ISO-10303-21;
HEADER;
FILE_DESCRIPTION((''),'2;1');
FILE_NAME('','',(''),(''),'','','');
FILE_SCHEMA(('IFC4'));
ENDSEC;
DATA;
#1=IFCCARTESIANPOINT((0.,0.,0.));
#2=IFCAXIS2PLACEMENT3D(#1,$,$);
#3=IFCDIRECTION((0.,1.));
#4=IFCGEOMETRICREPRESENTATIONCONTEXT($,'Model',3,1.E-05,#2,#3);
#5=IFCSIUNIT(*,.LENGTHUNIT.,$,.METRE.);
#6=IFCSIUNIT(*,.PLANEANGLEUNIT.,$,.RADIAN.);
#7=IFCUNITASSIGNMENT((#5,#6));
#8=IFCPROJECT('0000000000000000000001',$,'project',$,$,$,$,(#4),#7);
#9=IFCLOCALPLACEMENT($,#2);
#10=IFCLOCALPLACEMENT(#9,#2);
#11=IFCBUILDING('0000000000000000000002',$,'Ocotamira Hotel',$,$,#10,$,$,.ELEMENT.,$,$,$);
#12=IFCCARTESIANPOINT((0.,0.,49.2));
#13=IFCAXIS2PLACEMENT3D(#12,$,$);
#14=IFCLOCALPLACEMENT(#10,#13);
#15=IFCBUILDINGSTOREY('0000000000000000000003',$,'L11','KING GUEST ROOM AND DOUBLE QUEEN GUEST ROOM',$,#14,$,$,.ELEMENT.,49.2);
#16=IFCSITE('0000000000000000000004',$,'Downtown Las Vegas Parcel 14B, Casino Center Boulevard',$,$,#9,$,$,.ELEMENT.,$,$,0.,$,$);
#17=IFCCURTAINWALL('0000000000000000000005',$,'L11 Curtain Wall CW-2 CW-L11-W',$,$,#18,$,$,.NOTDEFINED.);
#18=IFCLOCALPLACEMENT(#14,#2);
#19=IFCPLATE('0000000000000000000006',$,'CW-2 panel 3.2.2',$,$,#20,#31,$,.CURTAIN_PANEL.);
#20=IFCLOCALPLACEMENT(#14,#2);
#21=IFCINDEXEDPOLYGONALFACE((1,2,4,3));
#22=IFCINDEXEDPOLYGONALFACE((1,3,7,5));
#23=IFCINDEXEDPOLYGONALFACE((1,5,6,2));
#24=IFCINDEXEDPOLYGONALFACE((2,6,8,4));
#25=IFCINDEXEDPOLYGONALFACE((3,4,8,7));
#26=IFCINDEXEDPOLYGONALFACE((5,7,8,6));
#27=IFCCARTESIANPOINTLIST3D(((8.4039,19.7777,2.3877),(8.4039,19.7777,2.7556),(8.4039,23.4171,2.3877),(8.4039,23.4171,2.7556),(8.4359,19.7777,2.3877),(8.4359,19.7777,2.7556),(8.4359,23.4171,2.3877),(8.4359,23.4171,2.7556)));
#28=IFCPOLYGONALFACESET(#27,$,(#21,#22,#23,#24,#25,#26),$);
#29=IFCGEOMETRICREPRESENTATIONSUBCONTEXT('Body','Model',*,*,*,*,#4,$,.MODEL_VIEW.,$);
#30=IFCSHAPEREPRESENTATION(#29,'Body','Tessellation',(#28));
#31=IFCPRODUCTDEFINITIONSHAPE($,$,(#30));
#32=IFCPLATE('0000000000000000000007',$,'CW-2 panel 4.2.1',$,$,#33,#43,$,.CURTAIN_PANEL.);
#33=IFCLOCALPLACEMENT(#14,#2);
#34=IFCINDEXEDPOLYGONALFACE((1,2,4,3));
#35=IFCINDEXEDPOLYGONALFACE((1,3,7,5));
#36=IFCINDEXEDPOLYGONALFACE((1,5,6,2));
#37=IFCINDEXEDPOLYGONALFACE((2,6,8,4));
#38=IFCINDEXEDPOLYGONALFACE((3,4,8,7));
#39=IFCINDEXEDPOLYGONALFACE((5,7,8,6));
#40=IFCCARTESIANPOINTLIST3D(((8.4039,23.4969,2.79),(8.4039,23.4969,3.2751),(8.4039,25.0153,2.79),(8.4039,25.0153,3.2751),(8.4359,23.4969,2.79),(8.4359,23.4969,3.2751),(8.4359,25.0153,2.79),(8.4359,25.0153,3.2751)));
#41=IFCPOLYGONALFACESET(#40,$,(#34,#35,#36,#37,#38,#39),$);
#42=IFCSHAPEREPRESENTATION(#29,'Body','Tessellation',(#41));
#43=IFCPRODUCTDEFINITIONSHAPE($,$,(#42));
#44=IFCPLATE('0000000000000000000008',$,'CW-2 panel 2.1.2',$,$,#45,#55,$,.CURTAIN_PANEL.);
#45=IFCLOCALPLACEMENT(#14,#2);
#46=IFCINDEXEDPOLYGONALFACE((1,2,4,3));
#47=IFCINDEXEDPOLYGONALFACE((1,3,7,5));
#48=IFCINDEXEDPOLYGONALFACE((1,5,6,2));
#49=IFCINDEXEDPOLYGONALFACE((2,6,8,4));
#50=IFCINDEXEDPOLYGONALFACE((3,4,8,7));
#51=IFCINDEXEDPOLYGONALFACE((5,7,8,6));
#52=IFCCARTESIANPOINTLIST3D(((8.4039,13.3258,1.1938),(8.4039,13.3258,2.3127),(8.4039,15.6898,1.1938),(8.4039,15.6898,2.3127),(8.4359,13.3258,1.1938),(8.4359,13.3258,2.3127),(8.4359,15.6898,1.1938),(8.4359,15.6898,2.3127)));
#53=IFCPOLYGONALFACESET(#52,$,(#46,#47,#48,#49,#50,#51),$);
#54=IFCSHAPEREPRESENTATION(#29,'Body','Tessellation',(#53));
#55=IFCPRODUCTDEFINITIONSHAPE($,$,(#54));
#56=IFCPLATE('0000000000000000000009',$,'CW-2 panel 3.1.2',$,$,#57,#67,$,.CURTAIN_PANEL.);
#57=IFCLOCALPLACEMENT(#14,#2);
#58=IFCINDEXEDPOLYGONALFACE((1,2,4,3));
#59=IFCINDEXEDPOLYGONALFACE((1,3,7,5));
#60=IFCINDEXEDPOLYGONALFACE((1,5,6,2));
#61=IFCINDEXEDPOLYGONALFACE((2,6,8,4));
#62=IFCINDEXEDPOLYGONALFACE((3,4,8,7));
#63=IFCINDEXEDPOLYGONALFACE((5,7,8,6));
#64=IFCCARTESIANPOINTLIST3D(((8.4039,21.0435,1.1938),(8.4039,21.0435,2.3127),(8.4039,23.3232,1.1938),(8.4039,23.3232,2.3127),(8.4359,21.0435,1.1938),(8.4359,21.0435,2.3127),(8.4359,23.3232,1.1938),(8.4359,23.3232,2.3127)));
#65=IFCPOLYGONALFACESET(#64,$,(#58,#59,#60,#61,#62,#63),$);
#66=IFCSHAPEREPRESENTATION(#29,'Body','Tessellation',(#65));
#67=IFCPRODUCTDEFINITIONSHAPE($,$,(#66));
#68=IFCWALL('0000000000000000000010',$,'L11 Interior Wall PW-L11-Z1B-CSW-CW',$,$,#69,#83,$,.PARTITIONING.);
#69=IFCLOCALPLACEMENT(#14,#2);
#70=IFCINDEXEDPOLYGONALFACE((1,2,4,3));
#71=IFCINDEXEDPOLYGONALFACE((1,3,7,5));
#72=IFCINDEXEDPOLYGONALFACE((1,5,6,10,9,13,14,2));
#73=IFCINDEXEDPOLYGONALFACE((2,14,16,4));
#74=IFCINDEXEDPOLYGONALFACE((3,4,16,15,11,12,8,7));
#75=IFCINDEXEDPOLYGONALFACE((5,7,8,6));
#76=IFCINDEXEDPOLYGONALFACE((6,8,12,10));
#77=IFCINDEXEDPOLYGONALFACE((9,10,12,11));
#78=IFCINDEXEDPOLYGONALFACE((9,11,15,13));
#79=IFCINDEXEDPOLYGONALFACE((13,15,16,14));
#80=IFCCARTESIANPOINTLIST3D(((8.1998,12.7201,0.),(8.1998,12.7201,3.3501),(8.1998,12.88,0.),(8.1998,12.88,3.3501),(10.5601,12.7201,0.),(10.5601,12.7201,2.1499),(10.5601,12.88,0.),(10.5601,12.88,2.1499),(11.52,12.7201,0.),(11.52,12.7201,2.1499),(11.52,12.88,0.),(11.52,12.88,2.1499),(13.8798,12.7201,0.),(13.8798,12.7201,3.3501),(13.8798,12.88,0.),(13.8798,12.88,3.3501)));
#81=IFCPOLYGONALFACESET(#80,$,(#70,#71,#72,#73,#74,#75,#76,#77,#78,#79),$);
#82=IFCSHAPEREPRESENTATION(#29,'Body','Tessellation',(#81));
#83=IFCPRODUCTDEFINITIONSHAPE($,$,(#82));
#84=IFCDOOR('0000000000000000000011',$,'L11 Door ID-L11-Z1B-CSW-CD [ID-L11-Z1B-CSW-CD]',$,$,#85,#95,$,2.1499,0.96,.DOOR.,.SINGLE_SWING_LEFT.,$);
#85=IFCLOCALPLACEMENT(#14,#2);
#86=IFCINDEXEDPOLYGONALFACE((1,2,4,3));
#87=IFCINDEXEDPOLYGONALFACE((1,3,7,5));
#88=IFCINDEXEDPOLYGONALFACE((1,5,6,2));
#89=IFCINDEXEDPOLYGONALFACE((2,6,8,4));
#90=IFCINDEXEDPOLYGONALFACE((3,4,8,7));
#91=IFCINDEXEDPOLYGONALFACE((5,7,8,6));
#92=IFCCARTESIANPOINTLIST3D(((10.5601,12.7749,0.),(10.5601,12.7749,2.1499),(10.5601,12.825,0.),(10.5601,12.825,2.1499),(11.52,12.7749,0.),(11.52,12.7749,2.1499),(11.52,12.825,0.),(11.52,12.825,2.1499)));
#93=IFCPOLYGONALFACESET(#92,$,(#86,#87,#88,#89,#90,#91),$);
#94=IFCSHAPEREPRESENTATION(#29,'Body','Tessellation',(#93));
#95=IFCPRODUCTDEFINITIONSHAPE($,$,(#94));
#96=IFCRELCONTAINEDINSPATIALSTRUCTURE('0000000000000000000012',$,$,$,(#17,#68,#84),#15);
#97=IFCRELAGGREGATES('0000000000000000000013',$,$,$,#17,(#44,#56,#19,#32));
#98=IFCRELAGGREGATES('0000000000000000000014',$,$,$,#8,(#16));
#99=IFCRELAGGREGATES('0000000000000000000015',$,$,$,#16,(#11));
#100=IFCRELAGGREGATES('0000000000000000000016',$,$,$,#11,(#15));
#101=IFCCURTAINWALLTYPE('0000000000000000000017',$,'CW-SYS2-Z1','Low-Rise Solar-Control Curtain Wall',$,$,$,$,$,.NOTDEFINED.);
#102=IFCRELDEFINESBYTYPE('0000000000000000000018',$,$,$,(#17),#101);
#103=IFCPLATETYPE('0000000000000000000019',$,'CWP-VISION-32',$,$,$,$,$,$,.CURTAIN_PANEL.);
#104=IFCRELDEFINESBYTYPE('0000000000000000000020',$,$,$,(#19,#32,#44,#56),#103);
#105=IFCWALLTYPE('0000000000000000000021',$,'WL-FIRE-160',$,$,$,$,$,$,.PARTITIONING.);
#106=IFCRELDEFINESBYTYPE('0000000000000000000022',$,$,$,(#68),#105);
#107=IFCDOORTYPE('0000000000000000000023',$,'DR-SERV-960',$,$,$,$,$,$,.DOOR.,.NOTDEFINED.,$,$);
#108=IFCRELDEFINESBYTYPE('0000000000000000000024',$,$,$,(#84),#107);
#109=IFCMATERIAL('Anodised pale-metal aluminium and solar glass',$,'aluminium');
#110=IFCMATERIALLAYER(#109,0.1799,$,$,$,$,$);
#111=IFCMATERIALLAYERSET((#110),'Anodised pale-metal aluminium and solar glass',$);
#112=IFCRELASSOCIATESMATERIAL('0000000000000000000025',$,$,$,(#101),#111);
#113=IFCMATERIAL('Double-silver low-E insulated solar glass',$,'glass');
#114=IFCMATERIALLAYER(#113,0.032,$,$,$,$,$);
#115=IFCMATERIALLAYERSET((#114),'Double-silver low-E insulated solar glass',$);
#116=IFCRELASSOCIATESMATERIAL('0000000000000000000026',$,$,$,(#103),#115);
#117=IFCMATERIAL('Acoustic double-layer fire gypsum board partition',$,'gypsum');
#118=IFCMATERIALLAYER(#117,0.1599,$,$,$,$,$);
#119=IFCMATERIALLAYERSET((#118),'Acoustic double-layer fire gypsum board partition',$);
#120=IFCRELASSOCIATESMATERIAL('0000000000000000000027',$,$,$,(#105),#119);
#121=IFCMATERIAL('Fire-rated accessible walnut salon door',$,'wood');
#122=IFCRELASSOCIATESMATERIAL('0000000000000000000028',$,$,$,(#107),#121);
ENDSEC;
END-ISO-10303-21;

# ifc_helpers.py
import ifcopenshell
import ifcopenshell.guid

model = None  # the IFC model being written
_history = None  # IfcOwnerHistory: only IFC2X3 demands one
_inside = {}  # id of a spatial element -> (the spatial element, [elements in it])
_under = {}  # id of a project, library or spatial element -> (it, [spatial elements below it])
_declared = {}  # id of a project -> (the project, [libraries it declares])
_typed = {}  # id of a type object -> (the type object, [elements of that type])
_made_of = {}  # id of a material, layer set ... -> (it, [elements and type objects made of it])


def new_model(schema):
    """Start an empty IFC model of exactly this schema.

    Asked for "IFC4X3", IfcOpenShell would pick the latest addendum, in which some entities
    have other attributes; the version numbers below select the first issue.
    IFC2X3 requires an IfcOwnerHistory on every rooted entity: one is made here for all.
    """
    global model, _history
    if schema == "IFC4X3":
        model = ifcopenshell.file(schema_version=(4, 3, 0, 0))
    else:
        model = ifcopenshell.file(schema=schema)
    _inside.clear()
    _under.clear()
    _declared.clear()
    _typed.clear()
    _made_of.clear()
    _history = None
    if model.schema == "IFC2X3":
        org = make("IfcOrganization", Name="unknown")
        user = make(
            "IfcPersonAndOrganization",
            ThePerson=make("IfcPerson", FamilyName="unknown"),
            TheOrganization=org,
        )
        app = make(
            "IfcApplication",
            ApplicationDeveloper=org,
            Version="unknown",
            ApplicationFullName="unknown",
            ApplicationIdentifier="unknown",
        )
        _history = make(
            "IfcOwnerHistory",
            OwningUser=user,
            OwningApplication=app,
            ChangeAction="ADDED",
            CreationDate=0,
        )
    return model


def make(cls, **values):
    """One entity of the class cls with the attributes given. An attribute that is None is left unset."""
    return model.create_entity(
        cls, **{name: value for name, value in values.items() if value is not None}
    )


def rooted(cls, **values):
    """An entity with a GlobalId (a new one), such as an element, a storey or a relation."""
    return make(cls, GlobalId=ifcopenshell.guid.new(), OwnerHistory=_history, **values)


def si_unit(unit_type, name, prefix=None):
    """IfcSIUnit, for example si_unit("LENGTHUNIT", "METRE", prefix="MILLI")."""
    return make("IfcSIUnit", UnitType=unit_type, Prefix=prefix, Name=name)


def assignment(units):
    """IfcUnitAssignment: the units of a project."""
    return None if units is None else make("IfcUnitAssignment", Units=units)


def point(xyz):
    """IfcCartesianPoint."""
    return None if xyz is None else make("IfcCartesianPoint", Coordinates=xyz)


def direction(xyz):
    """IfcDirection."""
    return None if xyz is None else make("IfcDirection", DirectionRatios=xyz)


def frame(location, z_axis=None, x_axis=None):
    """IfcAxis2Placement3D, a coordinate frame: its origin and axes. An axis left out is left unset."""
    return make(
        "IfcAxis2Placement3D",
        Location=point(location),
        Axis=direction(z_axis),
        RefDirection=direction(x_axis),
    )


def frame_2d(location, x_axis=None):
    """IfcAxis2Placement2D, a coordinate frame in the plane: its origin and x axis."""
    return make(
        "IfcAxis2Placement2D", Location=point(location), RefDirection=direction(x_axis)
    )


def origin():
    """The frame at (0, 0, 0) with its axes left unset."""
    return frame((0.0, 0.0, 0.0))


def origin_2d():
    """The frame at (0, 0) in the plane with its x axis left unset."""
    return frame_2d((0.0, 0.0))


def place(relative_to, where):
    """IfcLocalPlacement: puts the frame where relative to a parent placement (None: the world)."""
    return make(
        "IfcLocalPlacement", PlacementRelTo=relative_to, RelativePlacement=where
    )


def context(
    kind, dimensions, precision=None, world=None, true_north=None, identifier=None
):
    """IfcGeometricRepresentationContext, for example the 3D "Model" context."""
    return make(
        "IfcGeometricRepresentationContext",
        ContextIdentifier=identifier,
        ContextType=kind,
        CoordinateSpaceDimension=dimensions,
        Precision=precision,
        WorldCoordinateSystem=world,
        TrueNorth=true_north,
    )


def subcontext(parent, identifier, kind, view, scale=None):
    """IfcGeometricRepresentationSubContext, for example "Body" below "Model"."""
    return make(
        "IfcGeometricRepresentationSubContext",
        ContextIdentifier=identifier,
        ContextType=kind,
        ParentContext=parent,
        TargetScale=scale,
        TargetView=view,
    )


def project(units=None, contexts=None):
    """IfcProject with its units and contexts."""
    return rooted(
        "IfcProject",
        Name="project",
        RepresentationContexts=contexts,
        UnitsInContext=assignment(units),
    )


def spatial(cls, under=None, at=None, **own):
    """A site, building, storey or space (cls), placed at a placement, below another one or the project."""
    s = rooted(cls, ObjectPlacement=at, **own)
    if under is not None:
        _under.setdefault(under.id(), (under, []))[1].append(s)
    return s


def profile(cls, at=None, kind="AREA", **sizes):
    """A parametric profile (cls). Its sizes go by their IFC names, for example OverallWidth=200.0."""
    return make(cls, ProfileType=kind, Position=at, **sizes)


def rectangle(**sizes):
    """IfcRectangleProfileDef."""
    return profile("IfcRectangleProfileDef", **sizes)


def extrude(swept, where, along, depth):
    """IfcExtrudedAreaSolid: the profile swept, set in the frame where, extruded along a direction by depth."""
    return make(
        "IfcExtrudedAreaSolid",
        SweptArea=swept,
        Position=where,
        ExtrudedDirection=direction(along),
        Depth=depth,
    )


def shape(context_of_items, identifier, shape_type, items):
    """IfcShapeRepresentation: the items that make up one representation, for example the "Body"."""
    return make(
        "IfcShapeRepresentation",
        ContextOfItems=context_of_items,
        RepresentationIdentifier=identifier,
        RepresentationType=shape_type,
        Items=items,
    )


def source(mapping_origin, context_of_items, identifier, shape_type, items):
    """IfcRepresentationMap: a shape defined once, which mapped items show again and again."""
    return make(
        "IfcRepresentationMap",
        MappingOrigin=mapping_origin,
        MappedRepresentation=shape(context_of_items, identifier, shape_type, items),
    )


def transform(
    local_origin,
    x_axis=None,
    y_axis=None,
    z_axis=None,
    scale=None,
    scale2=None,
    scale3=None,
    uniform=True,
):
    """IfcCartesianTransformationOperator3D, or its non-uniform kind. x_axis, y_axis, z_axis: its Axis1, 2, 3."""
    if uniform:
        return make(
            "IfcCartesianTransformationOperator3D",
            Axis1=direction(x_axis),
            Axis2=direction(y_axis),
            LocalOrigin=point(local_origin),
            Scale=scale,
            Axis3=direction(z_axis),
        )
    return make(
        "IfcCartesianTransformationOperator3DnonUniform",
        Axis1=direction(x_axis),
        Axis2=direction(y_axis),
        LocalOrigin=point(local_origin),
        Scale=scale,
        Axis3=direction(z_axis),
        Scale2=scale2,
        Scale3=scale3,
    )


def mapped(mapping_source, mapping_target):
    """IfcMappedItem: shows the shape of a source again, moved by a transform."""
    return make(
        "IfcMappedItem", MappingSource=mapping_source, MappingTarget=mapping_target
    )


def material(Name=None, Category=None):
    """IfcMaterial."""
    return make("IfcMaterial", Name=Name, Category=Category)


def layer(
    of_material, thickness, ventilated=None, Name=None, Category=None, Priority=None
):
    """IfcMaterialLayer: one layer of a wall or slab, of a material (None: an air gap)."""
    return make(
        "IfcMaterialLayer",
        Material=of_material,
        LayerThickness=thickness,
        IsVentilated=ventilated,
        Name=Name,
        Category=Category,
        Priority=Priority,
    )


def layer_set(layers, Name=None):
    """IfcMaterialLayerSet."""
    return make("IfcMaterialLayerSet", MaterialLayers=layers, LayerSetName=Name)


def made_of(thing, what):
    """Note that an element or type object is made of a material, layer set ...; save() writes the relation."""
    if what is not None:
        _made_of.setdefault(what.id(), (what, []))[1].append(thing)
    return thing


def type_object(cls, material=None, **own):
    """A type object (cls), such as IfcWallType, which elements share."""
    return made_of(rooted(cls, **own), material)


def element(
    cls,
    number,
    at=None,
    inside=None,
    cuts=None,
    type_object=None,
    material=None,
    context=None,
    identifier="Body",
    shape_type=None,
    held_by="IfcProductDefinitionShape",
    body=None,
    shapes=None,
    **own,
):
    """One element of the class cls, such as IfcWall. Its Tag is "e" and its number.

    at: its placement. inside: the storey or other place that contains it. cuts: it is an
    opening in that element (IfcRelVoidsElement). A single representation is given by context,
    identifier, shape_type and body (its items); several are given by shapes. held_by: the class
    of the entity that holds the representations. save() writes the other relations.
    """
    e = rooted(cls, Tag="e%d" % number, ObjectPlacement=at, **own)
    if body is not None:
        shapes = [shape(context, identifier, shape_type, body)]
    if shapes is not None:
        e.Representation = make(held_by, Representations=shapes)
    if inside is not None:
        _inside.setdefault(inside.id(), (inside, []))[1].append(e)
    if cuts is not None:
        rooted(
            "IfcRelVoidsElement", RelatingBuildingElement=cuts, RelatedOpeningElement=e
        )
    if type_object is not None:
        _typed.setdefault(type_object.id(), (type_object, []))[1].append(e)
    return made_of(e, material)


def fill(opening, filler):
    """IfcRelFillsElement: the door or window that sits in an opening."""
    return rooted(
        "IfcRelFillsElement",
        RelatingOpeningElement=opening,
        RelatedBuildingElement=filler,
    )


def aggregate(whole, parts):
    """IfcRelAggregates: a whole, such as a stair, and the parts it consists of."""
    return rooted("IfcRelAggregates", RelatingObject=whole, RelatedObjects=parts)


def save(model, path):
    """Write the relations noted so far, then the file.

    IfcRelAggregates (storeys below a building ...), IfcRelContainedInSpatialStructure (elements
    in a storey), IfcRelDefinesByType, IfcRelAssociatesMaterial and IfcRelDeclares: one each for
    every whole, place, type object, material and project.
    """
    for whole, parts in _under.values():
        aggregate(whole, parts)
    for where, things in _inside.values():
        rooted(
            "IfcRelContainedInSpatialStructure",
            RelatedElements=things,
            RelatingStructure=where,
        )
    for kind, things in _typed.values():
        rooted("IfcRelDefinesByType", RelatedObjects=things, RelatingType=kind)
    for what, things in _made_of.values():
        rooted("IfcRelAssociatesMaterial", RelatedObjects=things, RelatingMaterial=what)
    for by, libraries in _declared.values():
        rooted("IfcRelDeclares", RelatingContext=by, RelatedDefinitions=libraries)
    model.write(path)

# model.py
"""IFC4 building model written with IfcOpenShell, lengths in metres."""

from ifc_helpers import new_model, si_unit, direction, frame, frame_2d, origin, origin_2d, place, context, subcontext, project, spatial, rectangle, extrude, source, transform, mapped, material, layer, layer_set, type_object, element, fill, aggregate, save


model = new_model("IFC4")

# Units and contexts
model_context = context("Model", 3, precision=1e-05, world=origin(), true_north=direction((0.0, 1.0)))
body_context = subcontext(model_context, "Body", "Model", "MODEL_VIEW")
ifc_project = project(units=[si_unit("LENGTHUNIT", "METRE"), si_unit("PLANEANGLEUNIT", "RADIAN")], contexts=[model_context])

# Site, building, storey
site_placement = place(None, origin())
site = spatial("IfcSite", under=ifc_project, at=site_placement, Name="Downtown Las Vegas Parcel 14B, Casino Center Boulevard", CompositionType="ELEMENT", RefElevation=0.0)
building_placement = place(site_placement, origin())
building = spatial("IfcBuilding", under=site, at=building_placement, Name="Ocotamira Hotel", CompositionType="ELEMENT")
storey_placement = place(building_placement, frame((0.0, 0.0, 49.2)))
storey = spatial("IfcBuildingStorey", under=building, at=storey_placement, Name="L11", Description="KING GUEST ROOM AND DOUBLE QUEEN GUEST ROOM", CompositionType="ELEMENT", Elevation=49.2)

# Curtain wall
ifc_material_1 = material(Name="Anodised pale-metal aluminium and solar glass", Category="aluminium")
ifc_layer_1 = layer(ifc_material_1, 0.1799)
ifc_layer_set_1 = layer_set([ifc_layer_1], Name="Anodised pale-metal aluminium and solar glass")
curtain_wall_type = type_object("IfcCurtainWallType", Name="CW-SYS2-Z1", Description="Low-Rise Solar-Control Curtain Wall", PredefinedType="NOTDEFINED", material=ifc_layer_set_1)
curtain_wall_placement = place(storey_placement, origin())
curtain_wall = element("IfcCurtainWall", 1, at=curtain_wall_placement, inside=storey, type_object=curtain_wall_type, Name="L11 Curtain Wall CW-2 CW-L11-W", PredefinedType="NOTDEFINED")

# Plates
ifc_material_2 = material(Name="Double-silver low-E insulated solar glass", Category="glass")
ifc_layer_2 = layer(ifc_material_2, 0.032)
ifc_layer_set_2 = layer_set([ifc_layer_2], Name="Double-silver low-E insulated solar glass")
plate_type_1 = type_object("IfcPlateType", Name="CWP-VISION-32", PredefinedType="CURTAIN_PANEL", material=ifc_layer_set_2)
shared_shape_1 = source(origin(), body_context, "Body", "SweptSolid", [
    extrude(rectangle(XDim=3.6394, YDim=0.032, at=origin_2d()), origin(), (0.0, 0.0, 1.0), 0.3679),
])
plate_1_placement = place(storey_placement, frame((8.4199, 21.5974, 2.3877), z_axis=(0.0, 0.0, 1.0), x_axis=(0.0, 1.0, 0.0)))
plate_1 = element("IfcPlate", 2, at=plate_1_placement, type_object=plate_type_1, Name="CW-2 panel 3.2.2", PredefinedType="CURTAIN_PANEL", context=body_context, shape_type="MappedRepresentation", body=[
    mapped(shared_shape_1, transform((0.0, 0.0, 0.0), scale=1.0)),
])
shared_shape_2 = source(origin(), body_context, "Body", "SweptSolid", [
    extrude(rectangle(XDim=1.5183, YDim=0.032, at=origin_2d()), origin(), (0.0, 0.0, 1.0), 0.4851),
])
plate_2_placement = place(storey_placement, frame((8.4199, 24.2561, 2.79), z_axis=(0.0, 0.0, 1.0), x_axis=(0.0, 1.0, 0.0)))
plate_2 = element("IfcPlate", 3, at=plate_2_placement, type_object=plate_type_1, Name="CW-2 panel 4.2.1", PredefinedType="CURTAIN_PANEL", context=body_context, shape_type="MappedRepresentation", body=[
    mapped(shared_shape_2, transform((0.0, 0.0, 0.0), scale=1.0)),
])
shared_shape_3 = source(origin(), body_context, "Body", "SweptSolid", [
    extrude(rectangle(XDim=2.364, YDim=0.032, at=origin_2d()), origin(), (0.0, 0.0, 1.0), 1.1189),
])
plate_3_placement = place(storey_placement, frame((8.4199, 14.5078, 1.1938), z_axis=(0.0, 0.0, 1.0), x_axis=(0.0, 1.0, 0.0)))
plate_3 = element("IfcPlate", 4, at=plate_3_placement, type_object=plate_type_1, Name="CW-2 panel 2.1.2", PredefinedType="CURTAIN_PANEL", context=body_context, shape_type="MappedRepresentation", body=[
    mapped(shared_shape_3, transform((0.0, 0.0, 0.0), scale=1.0)),
])
shared_shape_4 = source(origin(), body_context, "Body", "SweptSolid", [
    extrude(rectangle(XDim=2.2798, YDim=0.032, at=origin_2d()), origin(), (0.0, 0.0, 1.0), 1.1189),
])
plate_4_placement = place(storey_placement, frame((8.4199, 22.1833, 1.1938), z_axis=(0.0, 0.0, 1.0), x_axis=(0.0, 1.0, 0.0)))
plate_4 = element("IfcPlate", 5, at=plate_4_placement, type_object=plate_type_1, Name="CW-2 panel 3.1.2", PredefinedType="CURTAIN_PANEL", context=body_context, shape_type="MappedRepresentation", body=[
    mapped(shared_shape_4, transform((0.0, 0.0, 0.0), scale=1.0)),
])
aggregate(curtain_wall, [plate_3, plate_4, plate_1, plate_2])

# Wall, opening, door
ifc_material_3 = material(Name="Acoustic double-layer fire gypsum board partition", Category="gypsum")
ifc_layer_3 = layer(ifc_material_3, 0.1599)
ifc_layer_set_3 = layer_set([ifc_layer_3], Name="Acoustic double-layer fire gypsum board partition")
wall_type_1 = type_object("IfcWallType", Name="WL-FIRE-160", PredefinedType="PARTITIONING", material=ifc_layer_set_3)
wall_1_placement = place(storey_placement, frame((8.2, 12.8, 0.0), z_axis=(0.0, 0.0, 1.0), x_axis=(1.0, 0.0, 0.0)))
wall_1 = element("IfcWall", 6, at=wall_1_placement, inside=storey, type_object=wall_type_1, Name="L11 Interior Wall PW-L11-Z1B-CSW-CW", PredefinedType="PARTITIONING", context=body_context, shape_type="SweptSolid", body=[
    extrude(rectangle(XDim=5.6799, YDim=0.1599, at=frame_2d((2.8398, 0.0))), origin(), (0.0, 0.0, 1.0), 3.3501),
])
opening_1_placement = place(wall_1_placement, frame((2.3601, 0.0, 0.0)))
opening_1 = element("IfcOpeningElement", 7, at=opening_1_placement, cuts=wall_1, PredefinedType="OPENING", context=body_context, shape_type="SweptSolid", body=[
    extrude(rectangle(XDim=0.96, YDim=2.1499, at=frame_2d((0.48, 1.075))), frame((0.0, 0.0898, 0.0), z_axis=(0.0, -1.0, 0.0), x_axis=(1.0, 0.0, 0.0)), (0.0, 0.0, 1.0), 0.1799),
])
ifc_material_4 = material(Name="Fire-rated accessible walnut salon door", Category="wood")
door_type_1 = type_object("IfcDoorType", Name="DR-SERV-960", OperationType="NOTDEFINED", PredefinedType="DOOR", material=ifc_material_4)
shared_shape_5 = source(origin(), body_context, "Body", "SweptSolid", [
    extrude(rectangle(XDim=0.96, YDim=2.1499, at=frame_2d((0.48, 1.075))), frame((0.0, 0.0249, 0.0), z_axis=(0.0, -1.0, 0.0), x_axis=(1.0, 0.0, 0.0)), (0.0, 0.0, 1.0), 0.05),
])
door_1_placement = place(opening_1_placement, origin())
door_1 = element("IfcDoor", 8, at=door_1_placement, inside=storey, type_object=door_type_1, Name="L11 Door ID-L11-Z1B-CSW-CD [ID-L11-Z1B-CSW-CD]", OperationType="SINGLE_SWING_LEFT", OverallHeight=2.1499, OverallWidth=0.96, PredefinedType="DOOR", context=body_context, shape_type="MappedRepresentation", body=[
    mapped(shared_shape_5, transform((0.0, 0.0, 0.0), scale=1.0)),
])
fill(opening_1, door_1)

save(model, "model.ifc")
